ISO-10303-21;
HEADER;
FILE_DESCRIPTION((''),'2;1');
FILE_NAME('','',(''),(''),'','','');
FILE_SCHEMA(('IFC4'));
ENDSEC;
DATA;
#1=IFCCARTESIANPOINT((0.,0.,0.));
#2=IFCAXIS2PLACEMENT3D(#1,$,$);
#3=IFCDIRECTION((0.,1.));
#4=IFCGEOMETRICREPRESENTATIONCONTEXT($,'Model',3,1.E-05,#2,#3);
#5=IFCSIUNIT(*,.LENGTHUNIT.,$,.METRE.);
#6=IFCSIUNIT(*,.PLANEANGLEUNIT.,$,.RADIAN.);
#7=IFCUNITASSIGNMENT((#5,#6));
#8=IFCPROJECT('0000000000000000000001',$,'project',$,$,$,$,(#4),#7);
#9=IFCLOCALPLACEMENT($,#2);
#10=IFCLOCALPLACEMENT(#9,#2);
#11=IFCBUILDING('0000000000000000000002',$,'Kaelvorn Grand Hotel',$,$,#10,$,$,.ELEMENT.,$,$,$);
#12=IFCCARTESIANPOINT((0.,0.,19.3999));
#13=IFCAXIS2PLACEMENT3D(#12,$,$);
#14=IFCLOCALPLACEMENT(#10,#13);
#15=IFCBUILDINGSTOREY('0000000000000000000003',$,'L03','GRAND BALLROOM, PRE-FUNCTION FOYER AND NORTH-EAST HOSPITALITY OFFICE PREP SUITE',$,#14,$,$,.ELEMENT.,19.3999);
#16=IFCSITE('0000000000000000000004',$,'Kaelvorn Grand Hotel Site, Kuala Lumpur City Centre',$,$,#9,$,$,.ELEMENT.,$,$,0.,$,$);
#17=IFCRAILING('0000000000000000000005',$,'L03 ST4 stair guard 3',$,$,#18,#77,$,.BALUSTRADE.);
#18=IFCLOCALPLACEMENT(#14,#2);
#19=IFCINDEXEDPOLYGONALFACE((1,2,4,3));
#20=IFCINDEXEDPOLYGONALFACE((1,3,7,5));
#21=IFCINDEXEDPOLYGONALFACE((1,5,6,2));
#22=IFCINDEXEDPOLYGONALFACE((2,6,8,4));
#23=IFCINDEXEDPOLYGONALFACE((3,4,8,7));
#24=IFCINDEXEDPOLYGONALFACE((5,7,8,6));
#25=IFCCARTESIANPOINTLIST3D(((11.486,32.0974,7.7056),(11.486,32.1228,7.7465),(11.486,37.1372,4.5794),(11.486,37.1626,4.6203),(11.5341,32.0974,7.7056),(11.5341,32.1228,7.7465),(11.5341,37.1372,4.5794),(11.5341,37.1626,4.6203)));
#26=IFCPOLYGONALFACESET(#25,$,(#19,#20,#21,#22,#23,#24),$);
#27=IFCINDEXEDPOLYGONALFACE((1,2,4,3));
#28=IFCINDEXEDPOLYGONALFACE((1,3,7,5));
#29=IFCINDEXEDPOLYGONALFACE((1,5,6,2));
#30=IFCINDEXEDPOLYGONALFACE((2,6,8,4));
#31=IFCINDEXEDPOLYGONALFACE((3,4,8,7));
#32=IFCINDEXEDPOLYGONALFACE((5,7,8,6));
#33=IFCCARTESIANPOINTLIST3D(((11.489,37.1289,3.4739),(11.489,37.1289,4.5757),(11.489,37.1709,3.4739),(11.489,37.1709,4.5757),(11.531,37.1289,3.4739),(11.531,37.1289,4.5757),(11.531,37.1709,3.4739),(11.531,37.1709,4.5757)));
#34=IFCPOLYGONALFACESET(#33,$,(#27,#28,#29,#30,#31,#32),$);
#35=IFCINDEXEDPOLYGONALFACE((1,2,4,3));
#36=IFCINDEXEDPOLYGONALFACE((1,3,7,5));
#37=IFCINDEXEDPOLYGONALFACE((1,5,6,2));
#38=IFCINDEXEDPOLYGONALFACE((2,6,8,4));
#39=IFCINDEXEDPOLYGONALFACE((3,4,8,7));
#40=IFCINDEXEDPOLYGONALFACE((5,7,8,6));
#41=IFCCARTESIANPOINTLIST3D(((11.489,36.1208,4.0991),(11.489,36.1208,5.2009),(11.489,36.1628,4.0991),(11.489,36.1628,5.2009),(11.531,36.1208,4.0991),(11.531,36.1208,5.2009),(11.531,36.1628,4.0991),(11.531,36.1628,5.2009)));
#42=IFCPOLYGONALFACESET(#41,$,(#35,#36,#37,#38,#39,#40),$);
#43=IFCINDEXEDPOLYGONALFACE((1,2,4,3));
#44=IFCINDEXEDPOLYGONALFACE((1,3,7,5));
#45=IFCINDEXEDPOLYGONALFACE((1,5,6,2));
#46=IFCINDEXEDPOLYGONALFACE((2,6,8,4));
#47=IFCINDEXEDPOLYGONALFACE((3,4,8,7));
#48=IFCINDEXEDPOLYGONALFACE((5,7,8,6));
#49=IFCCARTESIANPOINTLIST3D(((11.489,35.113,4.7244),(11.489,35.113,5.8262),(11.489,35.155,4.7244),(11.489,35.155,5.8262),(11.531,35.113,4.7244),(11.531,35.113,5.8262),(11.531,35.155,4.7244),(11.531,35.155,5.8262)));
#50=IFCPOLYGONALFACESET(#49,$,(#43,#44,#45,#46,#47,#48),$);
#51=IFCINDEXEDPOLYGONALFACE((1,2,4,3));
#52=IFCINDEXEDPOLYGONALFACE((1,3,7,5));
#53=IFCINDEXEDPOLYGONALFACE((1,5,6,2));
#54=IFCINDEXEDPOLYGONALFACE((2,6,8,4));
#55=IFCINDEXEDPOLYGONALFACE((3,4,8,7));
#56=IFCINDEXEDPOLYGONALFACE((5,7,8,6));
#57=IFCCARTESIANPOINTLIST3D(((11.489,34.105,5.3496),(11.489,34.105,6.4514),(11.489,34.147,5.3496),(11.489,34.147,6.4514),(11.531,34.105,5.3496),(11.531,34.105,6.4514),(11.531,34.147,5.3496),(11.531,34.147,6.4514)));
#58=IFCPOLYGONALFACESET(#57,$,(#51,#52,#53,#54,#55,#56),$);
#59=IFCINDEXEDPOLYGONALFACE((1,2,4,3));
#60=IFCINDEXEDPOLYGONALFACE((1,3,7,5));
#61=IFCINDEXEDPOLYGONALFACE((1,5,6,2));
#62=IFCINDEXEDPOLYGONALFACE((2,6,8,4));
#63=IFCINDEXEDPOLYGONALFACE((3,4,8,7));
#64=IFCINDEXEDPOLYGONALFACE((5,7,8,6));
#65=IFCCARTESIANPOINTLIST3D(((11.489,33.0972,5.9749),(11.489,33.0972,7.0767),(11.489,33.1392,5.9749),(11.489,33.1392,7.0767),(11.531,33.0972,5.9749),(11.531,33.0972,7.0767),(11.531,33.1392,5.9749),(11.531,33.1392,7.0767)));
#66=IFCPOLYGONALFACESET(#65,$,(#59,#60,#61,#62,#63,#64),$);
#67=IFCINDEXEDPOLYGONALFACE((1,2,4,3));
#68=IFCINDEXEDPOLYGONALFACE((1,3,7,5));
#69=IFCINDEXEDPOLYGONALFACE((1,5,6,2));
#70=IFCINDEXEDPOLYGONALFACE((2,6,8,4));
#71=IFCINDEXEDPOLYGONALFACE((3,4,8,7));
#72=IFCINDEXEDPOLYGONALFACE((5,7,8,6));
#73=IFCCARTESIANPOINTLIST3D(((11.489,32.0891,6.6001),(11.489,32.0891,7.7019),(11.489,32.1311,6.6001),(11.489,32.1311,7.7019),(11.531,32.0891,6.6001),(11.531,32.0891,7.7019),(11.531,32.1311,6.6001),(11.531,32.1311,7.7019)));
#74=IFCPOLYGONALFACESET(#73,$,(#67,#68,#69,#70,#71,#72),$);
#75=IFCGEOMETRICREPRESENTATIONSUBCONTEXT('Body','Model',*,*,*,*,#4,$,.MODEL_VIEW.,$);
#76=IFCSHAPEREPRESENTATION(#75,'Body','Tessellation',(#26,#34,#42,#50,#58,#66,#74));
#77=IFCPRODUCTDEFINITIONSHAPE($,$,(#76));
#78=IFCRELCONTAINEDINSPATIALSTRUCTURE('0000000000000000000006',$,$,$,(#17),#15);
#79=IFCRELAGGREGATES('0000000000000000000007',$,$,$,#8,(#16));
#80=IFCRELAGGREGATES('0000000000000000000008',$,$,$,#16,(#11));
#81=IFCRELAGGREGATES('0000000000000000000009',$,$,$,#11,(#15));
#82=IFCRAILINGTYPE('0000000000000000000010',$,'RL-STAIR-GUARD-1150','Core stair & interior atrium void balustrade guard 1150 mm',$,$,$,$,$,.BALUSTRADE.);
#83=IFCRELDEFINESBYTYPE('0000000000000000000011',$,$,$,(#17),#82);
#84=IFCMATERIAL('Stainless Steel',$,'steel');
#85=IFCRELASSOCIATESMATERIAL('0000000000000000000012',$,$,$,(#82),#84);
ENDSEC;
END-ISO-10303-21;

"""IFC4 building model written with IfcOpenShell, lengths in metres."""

from ifc_helpers import new_model, si_unit, direction, frame, origin, origin_2d, place, context, subcontext, project, spatial, rectangle, extrude, material, type_object, element, save


model = new_model("IFC4")

# Units and contexts
model_context = context("Model", 3, precision=1e-05, world=origin(), true_north=direction((0.0, 1.0)))
body_context = subcontext(model_context, "Body", "Model", "MODEL_VIEW")
ifc_project = project(units=[si_unit("LENGTHUNIT", "METRE"), si_unit("PLANEANGLEUNIT", "RADIAN")], contexts=[model_context])

# Site, building, storey
site_placement = place(None, origin())
site = spatial("IfcSite", under=ifc_project, at=site_placement, Name="Kaelvorn Grand Hotel Site, Kuala Lumpur City Centre", CompositionType="ELEMENT", RefElevation=0.0)
building_placement = place(site_placement, origin())
building = spatial("IfcBuilding", under=site, at=building_placement, Name="Kaelvorn Grand Hotel", CompositionType="ELEMENT")
storey_placement = place(building_placement, frame((0.0, 0.0, 19.3999)))
storey = spatial("IfcBuildingStorey", under=building, at=storey_placement, Name="L03", Description="GRAND BALLROOM, PRE-FUNCTION FOYER AND NORTH-EAST HOSPITALITY OFFICE PREP SUITE", CompositionType="ELEMENT", Elevation=19.3999)

# Railing
ifc_material_1 = material(Name="Stainless Steel", Category="steel")
railing_type_1 = type_object("IfcRailingType", Name="RL-STAIR-GUARD-1150", Description="Core stair & interior atrium void balustrade guard 1150 mm", PredefinedType="BALUSTRADE", material=ifc_material_1)
railing_1_placement = place(storey_placement, frame((11.51, 37.1499, 3.4739)))
element("IfcRailing", 1, at=railing_1_placement, inside=storey, type_object=railing_type_1, Name="L03 ST4 stair guard 3", PredefinedType="BALUSTRADE", context=body_context, shape_type="SweptSolid", body=[
    extrude(rectangle(XDim=0.0481, YDim=0.0481, at=origin_2d()), frame((0.0, 0.0, 1.126), z_axis=(0.0, -0.849786, 0.527128), x_axis=(1.0, 0.0, 0.0)), (0.0, 0.0, 1.0), 5.9307),
    extrude(rectangle(XDim=0.042, YDim=0.042, at=origin_2d()), origin(), (0.0, 0.0, 1.0), 1.1018),
    extrude(rectangle(XDim=0.042, YDim=0.042, at=origin_2d()), frame((0.0, -1.0081, 0.6252)), (0.0, 0.0, 1.0), 1.1018),
    extrude(rectangle(XDim=0.042, YDim=0.042, at=origin_2d()), frame((0.0, -2.0159, 1.2505)), (0.0, 0.0, 1.0), 1.1018),
    extrude(rectangle(XDim=0.042, YDim=0.042, at=origin_2d()), frame((0.0, -3.0239, 1.8757)), (0.0, 0.0, 1.0), 1.1018),
    extrude(rectangle(XDim=0.042, YDim=0.042, at=origin_2d()), frame((0.0, -4.0317, 2.501)), (0.0, 0.0, 1.0), 1.1018),
    extrude(rectangle(XDim=0.042, YDim=0.042, at=origin_2d()), frame((0.0, -5.0398, 3.1262)), (0.0, 0.0, 1.0), 1.1018),
])

save(model, "model.ifc")
